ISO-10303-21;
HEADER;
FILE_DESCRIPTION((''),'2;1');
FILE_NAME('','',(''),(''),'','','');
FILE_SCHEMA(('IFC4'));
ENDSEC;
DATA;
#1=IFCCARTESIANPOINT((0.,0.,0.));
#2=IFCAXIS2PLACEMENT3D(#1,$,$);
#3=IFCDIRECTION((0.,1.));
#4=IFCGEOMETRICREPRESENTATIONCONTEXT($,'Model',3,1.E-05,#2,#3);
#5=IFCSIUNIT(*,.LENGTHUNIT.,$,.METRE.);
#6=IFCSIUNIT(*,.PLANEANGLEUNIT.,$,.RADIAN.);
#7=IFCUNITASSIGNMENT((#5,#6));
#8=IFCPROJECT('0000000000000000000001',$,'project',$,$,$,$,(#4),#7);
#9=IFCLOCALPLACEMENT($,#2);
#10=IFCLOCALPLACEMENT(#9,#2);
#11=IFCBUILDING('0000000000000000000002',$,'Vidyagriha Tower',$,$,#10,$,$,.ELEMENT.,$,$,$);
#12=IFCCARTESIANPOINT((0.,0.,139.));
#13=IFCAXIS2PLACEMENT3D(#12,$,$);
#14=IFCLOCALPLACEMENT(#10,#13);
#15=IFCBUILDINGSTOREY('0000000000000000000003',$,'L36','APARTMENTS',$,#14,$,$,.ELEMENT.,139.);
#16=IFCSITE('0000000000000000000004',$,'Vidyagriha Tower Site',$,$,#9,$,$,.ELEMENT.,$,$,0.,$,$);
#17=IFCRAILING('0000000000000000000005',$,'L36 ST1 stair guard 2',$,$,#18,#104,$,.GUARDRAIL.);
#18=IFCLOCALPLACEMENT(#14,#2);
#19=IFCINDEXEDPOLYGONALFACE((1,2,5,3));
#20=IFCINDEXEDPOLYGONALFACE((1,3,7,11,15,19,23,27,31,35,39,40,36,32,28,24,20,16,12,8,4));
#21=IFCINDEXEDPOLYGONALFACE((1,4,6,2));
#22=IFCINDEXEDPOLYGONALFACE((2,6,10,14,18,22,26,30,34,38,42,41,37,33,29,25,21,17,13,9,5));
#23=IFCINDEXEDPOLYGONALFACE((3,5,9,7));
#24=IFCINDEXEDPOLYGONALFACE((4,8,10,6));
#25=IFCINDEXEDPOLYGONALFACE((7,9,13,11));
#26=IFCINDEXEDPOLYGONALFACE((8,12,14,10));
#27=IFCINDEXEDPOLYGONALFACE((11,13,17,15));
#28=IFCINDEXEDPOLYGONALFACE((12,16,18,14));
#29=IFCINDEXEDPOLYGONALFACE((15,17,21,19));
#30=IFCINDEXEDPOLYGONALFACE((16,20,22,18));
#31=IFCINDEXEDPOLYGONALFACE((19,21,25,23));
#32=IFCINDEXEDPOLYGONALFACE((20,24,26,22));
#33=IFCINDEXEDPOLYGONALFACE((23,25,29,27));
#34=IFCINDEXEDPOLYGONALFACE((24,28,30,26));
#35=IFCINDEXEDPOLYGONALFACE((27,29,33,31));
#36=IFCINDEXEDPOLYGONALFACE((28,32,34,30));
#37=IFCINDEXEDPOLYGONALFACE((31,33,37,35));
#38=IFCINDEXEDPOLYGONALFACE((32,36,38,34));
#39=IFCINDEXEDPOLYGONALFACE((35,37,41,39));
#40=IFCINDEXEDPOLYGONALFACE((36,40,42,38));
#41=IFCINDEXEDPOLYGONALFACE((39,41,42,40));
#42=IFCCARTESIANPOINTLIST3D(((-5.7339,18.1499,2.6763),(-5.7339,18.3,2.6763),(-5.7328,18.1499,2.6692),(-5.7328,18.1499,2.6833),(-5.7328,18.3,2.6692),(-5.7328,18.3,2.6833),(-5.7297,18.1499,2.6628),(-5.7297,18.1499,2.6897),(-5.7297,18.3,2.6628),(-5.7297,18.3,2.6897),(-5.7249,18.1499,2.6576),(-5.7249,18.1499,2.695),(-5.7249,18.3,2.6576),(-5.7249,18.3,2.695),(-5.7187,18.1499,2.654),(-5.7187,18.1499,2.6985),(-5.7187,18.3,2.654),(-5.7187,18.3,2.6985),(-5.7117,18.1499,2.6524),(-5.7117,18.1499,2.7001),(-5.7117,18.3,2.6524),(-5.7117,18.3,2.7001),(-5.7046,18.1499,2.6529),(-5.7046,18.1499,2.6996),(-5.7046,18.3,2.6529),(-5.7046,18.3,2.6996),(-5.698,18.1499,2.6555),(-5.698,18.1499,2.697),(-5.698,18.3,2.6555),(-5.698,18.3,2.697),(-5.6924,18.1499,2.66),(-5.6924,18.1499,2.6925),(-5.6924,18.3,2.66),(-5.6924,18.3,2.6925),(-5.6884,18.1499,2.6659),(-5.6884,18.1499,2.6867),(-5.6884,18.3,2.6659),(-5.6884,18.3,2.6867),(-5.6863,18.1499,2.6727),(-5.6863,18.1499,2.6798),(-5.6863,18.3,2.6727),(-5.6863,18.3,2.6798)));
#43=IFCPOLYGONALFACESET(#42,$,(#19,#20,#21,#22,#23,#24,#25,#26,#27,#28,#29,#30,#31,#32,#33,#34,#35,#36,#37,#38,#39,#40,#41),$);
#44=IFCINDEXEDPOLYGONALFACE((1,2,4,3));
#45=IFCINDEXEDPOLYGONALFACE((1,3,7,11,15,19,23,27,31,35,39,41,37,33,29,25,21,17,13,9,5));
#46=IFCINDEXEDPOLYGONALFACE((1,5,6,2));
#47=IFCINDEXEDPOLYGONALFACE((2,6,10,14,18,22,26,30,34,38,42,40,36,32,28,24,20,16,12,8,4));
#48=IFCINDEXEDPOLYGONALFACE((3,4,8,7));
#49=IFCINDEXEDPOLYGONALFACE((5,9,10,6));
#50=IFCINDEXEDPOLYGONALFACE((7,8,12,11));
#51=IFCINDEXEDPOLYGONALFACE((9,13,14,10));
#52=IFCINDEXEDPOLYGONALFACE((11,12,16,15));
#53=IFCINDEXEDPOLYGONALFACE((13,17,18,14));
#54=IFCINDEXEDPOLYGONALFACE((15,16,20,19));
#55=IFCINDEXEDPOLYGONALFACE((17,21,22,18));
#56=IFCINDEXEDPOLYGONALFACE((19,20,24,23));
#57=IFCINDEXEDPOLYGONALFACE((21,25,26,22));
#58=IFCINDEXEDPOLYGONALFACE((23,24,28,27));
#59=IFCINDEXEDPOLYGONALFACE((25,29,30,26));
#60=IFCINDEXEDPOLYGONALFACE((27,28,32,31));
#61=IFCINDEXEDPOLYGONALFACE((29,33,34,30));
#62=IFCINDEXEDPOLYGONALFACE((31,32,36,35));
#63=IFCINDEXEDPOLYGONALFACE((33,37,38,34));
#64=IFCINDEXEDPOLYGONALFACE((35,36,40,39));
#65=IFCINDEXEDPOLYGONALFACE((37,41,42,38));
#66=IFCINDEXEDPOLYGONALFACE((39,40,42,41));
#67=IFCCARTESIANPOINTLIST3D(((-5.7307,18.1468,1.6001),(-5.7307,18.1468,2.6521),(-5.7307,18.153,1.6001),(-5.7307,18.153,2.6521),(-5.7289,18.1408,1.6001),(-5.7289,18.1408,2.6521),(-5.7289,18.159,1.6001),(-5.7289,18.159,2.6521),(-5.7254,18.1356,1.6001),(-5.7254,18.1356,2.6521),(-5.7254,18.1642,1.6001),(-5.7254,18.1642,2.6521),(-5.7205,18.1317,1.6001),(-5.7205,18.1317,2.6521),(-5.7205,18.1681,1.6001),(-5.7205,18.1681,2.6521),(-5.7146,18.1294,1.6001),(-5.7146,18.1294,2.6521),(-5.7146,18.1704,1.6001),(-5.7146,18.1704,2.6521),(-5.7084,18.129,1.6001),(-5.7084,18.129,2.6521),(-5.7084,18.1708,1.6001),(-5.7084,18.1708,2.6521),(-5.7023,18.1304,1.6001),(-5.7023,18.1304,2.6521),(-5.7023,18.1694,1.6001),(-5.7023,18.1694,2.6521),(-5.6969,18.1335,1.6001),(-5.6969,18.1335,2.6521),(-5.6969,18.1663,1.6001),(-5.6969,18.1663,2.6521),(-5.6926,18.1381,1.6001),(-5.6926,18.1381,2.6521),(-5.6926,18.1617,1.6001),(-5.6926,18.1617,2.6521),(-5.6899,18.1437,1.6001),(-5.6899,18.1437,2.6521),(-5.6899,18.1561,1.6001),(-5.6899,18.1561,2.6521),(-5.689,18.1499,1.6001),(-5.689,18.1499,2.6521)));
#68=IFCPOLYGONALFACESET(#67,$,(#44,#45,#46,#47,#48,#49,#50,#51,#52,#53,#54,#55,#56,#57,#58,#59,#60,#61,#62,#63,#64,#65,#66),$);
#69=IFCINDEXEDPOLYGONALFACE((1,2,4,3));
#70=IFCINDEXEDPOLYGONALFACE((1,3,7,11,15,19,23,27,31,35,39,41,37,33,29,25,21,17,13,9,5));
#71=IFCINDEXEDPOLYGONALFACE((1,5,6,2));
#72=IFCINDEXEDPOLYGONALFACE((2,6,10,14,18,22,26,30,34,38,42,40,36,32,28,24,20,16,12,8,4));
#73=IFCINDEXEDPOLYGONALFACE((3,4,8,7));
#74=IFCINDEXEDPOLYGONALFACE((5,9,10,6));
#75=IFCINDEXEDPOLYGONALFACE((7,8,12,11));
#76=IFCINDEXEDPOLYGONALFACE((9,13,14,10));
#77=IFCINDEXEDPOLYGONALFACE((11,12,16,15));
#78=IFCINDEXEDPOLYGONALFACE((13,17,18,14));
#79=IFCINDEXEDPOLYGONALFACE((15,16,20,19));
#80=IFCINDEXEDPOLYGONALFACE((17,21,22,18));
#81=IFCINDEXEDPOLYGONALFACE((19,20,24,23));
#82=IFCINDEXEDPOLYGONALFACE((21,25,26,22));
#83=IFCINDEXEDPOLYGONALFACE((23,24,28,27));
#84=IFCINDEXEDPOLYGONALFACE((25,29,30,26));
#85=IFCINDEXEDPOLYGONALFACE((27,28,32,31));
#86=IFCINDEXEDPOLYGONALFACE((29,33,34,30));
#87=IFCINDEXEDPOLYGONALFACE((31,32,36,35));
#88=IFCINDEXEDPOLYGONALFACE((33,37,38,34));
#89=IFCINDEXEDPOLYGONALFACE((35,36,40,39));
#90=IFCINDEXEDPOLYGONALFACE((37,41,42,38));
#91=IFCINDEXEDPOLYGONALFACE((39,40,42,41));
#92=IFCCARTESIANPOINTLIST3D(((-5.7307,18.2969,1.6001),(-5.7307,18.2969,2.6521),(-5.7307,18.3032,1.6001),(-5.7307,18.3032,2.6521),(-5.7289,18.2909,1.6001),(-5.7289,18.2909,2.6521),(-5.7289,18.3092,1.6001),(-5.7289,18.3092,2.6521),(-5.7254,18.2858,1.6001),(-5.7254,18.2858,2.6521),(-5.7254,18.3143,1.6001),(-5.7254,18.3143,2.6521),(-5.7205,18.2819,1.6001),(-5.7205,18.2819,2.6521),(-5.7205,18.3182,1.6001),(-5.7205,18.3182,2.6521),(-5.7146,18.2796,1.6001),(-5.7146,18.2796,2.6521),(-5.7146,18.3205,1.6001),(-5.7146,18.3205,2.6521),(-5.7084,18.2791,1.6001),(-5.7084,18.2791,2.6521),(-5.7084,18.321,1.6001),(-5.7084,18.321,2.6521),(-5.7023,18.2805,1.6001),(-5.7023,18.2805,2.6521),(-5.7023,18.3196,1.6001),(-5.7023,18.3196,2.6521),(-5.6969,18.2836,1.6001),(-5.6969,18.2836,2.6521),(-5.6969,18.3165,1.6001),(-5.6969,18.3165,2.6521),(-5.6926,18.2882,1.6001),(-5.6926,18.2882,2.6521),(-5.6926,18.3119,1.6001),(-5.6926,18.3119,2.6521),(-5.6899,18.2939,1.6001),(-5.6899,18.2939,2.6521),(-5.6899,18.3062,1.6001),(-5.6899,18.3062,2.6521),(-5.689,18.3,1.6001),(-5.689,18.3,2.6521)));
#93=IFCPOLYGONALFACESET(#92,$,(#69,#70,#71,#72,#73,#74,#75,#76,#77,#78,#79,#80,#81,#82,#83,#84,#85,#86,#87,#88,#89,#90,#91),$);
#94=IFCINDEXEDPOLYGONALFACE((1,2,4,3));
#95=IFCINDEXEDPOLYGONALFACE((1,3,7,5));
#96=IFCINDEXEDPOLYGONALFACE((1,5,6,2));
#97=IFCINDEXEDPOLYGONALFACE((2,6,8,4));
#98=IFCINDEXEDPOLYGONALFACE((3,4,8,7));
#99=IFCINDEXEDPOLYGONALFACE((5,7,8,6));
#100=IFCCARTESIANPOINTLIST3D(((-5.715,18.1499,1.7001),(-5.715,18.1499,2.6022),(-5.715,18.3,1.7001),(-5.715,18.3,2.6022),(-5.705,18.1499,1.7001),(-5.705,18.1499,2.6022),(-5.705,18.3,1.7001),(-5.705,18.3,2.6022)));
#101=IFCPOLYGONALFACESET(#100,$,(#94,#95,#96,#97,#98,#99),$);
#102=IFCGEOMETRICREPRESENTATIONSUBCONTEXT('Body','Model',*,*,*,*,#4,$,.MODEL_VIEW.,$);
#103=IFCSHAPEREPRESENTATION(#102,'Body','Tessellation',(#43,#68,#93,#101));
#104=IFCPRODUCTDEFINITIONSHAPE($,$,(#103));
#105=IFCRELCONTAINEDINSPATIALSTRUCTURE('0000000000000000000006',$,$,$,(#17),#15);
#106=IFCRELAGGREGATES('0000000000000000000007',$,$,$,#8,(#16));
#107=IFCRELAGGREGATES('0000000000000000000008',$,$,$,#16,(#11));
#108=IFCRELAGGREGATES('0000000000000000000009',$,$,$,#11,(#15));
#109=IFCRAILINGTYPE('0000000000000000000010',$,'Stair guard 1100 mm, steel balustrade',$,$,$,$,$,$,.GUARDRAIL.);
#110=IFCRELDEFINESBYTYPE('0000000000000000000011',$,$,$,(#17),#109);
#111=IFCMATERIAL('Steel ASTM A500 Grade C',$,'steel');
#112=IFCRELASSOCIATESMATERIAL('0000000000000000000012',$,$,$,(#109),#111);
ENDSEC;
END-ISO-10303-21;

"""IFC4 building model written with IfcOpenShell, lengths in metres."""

from ifc_helpers import new_model, si_unit, direction, frame, origin, origin_2d, place, context, subcontext, project, spatial, rectangle, circle, extrude, material, type_object, element, save


model = new_model("IFC4")

# Units and contexts
model_context = context("Model", 3, precision=1e-05, world=origin(), true_north=direction((0.0, 1.0)))
body_context = subcontext(model_context, "Body", "Model", "MODEL_VIEW")
ifc_project = project(units=[si_unit("LENGTHUNIT", "METRE"), si_unit("PLANEANGLEUNIT", "RADIAN")], contexts=[model_context])

# Site, building, storey
site_placement = place(None, origin())
site = spatial("IfcSite", under=ifc_project, at=site_placement, Name="Vidyagriha Tower Site", CompositionType="ELEMENT", RefElevation=0.0)
building_placement = place(site_placement, origin())
building = spatial("IfcBuilding", under=site, at=building_placement, Name="Vidyagriha Tower", CompositionType="ELEMENT")
storey_placement = place(building_placement, frame((0.0, 0.0, 139.0)))
storey = spatial("IfcBuildingStorey", under=building, at=storey_placement, Name="L36", Description="APARTMENTS", CompositionType="ELEMENT", Elevation=139.0)

# Railing
ifc_material_1 = material(Name="Steel ASTM A500 Grade C", Category="steel")
railing_type_1 = type_object("IfcRailingType", Name="Stair guard 1100 mm, steel balustrade", PredefinedType="GUARDRAIL", material=ifc_material_1)
railing_1_placement = place(storey_placement, frame((-5.71, 18.1499, 1.6001)))
element("IfcRailing", 1, at=railing_1_placement, inside=storey, type_object=railing_type_1, Name="L36 ST1 stair guard 2", PredefinedType="GUARDRAIL", context=body_context, shape_type="SweptSolid", body=[
    extrude(circle(Radius=0.0239, at=origin_2d()), frame((0.0, 0.0, 1.0762), z_axis=(0.0, 1.0, 0.0), x_axis=(-1.0, 0.0, 0.0)), (0.0, 0.0, 1.0), 0.1501),
    extrude(circle(Radius=0.021, at=origin_2d()), origin(), (0.0, 0.0, 1.0), 1.052),
    extrude(circle(Radius=0.021, at=origin_2d()), frame((0.0, 0.1501, 0.0)), (0.0, 0.0, 1.0), 1.052),
    extrude(rectangle(XDim=0.01, YDim=0.9021, at=origin_2d()), frame((0.0, 0.0, 0.551), z_axis=(0.0, 1.0, 0.0), x_axis=(-1.0, 0.0, 0.0)), (0.0, 0.0, 1.0), 0.1501),
])

save(model, "model.ifc")
